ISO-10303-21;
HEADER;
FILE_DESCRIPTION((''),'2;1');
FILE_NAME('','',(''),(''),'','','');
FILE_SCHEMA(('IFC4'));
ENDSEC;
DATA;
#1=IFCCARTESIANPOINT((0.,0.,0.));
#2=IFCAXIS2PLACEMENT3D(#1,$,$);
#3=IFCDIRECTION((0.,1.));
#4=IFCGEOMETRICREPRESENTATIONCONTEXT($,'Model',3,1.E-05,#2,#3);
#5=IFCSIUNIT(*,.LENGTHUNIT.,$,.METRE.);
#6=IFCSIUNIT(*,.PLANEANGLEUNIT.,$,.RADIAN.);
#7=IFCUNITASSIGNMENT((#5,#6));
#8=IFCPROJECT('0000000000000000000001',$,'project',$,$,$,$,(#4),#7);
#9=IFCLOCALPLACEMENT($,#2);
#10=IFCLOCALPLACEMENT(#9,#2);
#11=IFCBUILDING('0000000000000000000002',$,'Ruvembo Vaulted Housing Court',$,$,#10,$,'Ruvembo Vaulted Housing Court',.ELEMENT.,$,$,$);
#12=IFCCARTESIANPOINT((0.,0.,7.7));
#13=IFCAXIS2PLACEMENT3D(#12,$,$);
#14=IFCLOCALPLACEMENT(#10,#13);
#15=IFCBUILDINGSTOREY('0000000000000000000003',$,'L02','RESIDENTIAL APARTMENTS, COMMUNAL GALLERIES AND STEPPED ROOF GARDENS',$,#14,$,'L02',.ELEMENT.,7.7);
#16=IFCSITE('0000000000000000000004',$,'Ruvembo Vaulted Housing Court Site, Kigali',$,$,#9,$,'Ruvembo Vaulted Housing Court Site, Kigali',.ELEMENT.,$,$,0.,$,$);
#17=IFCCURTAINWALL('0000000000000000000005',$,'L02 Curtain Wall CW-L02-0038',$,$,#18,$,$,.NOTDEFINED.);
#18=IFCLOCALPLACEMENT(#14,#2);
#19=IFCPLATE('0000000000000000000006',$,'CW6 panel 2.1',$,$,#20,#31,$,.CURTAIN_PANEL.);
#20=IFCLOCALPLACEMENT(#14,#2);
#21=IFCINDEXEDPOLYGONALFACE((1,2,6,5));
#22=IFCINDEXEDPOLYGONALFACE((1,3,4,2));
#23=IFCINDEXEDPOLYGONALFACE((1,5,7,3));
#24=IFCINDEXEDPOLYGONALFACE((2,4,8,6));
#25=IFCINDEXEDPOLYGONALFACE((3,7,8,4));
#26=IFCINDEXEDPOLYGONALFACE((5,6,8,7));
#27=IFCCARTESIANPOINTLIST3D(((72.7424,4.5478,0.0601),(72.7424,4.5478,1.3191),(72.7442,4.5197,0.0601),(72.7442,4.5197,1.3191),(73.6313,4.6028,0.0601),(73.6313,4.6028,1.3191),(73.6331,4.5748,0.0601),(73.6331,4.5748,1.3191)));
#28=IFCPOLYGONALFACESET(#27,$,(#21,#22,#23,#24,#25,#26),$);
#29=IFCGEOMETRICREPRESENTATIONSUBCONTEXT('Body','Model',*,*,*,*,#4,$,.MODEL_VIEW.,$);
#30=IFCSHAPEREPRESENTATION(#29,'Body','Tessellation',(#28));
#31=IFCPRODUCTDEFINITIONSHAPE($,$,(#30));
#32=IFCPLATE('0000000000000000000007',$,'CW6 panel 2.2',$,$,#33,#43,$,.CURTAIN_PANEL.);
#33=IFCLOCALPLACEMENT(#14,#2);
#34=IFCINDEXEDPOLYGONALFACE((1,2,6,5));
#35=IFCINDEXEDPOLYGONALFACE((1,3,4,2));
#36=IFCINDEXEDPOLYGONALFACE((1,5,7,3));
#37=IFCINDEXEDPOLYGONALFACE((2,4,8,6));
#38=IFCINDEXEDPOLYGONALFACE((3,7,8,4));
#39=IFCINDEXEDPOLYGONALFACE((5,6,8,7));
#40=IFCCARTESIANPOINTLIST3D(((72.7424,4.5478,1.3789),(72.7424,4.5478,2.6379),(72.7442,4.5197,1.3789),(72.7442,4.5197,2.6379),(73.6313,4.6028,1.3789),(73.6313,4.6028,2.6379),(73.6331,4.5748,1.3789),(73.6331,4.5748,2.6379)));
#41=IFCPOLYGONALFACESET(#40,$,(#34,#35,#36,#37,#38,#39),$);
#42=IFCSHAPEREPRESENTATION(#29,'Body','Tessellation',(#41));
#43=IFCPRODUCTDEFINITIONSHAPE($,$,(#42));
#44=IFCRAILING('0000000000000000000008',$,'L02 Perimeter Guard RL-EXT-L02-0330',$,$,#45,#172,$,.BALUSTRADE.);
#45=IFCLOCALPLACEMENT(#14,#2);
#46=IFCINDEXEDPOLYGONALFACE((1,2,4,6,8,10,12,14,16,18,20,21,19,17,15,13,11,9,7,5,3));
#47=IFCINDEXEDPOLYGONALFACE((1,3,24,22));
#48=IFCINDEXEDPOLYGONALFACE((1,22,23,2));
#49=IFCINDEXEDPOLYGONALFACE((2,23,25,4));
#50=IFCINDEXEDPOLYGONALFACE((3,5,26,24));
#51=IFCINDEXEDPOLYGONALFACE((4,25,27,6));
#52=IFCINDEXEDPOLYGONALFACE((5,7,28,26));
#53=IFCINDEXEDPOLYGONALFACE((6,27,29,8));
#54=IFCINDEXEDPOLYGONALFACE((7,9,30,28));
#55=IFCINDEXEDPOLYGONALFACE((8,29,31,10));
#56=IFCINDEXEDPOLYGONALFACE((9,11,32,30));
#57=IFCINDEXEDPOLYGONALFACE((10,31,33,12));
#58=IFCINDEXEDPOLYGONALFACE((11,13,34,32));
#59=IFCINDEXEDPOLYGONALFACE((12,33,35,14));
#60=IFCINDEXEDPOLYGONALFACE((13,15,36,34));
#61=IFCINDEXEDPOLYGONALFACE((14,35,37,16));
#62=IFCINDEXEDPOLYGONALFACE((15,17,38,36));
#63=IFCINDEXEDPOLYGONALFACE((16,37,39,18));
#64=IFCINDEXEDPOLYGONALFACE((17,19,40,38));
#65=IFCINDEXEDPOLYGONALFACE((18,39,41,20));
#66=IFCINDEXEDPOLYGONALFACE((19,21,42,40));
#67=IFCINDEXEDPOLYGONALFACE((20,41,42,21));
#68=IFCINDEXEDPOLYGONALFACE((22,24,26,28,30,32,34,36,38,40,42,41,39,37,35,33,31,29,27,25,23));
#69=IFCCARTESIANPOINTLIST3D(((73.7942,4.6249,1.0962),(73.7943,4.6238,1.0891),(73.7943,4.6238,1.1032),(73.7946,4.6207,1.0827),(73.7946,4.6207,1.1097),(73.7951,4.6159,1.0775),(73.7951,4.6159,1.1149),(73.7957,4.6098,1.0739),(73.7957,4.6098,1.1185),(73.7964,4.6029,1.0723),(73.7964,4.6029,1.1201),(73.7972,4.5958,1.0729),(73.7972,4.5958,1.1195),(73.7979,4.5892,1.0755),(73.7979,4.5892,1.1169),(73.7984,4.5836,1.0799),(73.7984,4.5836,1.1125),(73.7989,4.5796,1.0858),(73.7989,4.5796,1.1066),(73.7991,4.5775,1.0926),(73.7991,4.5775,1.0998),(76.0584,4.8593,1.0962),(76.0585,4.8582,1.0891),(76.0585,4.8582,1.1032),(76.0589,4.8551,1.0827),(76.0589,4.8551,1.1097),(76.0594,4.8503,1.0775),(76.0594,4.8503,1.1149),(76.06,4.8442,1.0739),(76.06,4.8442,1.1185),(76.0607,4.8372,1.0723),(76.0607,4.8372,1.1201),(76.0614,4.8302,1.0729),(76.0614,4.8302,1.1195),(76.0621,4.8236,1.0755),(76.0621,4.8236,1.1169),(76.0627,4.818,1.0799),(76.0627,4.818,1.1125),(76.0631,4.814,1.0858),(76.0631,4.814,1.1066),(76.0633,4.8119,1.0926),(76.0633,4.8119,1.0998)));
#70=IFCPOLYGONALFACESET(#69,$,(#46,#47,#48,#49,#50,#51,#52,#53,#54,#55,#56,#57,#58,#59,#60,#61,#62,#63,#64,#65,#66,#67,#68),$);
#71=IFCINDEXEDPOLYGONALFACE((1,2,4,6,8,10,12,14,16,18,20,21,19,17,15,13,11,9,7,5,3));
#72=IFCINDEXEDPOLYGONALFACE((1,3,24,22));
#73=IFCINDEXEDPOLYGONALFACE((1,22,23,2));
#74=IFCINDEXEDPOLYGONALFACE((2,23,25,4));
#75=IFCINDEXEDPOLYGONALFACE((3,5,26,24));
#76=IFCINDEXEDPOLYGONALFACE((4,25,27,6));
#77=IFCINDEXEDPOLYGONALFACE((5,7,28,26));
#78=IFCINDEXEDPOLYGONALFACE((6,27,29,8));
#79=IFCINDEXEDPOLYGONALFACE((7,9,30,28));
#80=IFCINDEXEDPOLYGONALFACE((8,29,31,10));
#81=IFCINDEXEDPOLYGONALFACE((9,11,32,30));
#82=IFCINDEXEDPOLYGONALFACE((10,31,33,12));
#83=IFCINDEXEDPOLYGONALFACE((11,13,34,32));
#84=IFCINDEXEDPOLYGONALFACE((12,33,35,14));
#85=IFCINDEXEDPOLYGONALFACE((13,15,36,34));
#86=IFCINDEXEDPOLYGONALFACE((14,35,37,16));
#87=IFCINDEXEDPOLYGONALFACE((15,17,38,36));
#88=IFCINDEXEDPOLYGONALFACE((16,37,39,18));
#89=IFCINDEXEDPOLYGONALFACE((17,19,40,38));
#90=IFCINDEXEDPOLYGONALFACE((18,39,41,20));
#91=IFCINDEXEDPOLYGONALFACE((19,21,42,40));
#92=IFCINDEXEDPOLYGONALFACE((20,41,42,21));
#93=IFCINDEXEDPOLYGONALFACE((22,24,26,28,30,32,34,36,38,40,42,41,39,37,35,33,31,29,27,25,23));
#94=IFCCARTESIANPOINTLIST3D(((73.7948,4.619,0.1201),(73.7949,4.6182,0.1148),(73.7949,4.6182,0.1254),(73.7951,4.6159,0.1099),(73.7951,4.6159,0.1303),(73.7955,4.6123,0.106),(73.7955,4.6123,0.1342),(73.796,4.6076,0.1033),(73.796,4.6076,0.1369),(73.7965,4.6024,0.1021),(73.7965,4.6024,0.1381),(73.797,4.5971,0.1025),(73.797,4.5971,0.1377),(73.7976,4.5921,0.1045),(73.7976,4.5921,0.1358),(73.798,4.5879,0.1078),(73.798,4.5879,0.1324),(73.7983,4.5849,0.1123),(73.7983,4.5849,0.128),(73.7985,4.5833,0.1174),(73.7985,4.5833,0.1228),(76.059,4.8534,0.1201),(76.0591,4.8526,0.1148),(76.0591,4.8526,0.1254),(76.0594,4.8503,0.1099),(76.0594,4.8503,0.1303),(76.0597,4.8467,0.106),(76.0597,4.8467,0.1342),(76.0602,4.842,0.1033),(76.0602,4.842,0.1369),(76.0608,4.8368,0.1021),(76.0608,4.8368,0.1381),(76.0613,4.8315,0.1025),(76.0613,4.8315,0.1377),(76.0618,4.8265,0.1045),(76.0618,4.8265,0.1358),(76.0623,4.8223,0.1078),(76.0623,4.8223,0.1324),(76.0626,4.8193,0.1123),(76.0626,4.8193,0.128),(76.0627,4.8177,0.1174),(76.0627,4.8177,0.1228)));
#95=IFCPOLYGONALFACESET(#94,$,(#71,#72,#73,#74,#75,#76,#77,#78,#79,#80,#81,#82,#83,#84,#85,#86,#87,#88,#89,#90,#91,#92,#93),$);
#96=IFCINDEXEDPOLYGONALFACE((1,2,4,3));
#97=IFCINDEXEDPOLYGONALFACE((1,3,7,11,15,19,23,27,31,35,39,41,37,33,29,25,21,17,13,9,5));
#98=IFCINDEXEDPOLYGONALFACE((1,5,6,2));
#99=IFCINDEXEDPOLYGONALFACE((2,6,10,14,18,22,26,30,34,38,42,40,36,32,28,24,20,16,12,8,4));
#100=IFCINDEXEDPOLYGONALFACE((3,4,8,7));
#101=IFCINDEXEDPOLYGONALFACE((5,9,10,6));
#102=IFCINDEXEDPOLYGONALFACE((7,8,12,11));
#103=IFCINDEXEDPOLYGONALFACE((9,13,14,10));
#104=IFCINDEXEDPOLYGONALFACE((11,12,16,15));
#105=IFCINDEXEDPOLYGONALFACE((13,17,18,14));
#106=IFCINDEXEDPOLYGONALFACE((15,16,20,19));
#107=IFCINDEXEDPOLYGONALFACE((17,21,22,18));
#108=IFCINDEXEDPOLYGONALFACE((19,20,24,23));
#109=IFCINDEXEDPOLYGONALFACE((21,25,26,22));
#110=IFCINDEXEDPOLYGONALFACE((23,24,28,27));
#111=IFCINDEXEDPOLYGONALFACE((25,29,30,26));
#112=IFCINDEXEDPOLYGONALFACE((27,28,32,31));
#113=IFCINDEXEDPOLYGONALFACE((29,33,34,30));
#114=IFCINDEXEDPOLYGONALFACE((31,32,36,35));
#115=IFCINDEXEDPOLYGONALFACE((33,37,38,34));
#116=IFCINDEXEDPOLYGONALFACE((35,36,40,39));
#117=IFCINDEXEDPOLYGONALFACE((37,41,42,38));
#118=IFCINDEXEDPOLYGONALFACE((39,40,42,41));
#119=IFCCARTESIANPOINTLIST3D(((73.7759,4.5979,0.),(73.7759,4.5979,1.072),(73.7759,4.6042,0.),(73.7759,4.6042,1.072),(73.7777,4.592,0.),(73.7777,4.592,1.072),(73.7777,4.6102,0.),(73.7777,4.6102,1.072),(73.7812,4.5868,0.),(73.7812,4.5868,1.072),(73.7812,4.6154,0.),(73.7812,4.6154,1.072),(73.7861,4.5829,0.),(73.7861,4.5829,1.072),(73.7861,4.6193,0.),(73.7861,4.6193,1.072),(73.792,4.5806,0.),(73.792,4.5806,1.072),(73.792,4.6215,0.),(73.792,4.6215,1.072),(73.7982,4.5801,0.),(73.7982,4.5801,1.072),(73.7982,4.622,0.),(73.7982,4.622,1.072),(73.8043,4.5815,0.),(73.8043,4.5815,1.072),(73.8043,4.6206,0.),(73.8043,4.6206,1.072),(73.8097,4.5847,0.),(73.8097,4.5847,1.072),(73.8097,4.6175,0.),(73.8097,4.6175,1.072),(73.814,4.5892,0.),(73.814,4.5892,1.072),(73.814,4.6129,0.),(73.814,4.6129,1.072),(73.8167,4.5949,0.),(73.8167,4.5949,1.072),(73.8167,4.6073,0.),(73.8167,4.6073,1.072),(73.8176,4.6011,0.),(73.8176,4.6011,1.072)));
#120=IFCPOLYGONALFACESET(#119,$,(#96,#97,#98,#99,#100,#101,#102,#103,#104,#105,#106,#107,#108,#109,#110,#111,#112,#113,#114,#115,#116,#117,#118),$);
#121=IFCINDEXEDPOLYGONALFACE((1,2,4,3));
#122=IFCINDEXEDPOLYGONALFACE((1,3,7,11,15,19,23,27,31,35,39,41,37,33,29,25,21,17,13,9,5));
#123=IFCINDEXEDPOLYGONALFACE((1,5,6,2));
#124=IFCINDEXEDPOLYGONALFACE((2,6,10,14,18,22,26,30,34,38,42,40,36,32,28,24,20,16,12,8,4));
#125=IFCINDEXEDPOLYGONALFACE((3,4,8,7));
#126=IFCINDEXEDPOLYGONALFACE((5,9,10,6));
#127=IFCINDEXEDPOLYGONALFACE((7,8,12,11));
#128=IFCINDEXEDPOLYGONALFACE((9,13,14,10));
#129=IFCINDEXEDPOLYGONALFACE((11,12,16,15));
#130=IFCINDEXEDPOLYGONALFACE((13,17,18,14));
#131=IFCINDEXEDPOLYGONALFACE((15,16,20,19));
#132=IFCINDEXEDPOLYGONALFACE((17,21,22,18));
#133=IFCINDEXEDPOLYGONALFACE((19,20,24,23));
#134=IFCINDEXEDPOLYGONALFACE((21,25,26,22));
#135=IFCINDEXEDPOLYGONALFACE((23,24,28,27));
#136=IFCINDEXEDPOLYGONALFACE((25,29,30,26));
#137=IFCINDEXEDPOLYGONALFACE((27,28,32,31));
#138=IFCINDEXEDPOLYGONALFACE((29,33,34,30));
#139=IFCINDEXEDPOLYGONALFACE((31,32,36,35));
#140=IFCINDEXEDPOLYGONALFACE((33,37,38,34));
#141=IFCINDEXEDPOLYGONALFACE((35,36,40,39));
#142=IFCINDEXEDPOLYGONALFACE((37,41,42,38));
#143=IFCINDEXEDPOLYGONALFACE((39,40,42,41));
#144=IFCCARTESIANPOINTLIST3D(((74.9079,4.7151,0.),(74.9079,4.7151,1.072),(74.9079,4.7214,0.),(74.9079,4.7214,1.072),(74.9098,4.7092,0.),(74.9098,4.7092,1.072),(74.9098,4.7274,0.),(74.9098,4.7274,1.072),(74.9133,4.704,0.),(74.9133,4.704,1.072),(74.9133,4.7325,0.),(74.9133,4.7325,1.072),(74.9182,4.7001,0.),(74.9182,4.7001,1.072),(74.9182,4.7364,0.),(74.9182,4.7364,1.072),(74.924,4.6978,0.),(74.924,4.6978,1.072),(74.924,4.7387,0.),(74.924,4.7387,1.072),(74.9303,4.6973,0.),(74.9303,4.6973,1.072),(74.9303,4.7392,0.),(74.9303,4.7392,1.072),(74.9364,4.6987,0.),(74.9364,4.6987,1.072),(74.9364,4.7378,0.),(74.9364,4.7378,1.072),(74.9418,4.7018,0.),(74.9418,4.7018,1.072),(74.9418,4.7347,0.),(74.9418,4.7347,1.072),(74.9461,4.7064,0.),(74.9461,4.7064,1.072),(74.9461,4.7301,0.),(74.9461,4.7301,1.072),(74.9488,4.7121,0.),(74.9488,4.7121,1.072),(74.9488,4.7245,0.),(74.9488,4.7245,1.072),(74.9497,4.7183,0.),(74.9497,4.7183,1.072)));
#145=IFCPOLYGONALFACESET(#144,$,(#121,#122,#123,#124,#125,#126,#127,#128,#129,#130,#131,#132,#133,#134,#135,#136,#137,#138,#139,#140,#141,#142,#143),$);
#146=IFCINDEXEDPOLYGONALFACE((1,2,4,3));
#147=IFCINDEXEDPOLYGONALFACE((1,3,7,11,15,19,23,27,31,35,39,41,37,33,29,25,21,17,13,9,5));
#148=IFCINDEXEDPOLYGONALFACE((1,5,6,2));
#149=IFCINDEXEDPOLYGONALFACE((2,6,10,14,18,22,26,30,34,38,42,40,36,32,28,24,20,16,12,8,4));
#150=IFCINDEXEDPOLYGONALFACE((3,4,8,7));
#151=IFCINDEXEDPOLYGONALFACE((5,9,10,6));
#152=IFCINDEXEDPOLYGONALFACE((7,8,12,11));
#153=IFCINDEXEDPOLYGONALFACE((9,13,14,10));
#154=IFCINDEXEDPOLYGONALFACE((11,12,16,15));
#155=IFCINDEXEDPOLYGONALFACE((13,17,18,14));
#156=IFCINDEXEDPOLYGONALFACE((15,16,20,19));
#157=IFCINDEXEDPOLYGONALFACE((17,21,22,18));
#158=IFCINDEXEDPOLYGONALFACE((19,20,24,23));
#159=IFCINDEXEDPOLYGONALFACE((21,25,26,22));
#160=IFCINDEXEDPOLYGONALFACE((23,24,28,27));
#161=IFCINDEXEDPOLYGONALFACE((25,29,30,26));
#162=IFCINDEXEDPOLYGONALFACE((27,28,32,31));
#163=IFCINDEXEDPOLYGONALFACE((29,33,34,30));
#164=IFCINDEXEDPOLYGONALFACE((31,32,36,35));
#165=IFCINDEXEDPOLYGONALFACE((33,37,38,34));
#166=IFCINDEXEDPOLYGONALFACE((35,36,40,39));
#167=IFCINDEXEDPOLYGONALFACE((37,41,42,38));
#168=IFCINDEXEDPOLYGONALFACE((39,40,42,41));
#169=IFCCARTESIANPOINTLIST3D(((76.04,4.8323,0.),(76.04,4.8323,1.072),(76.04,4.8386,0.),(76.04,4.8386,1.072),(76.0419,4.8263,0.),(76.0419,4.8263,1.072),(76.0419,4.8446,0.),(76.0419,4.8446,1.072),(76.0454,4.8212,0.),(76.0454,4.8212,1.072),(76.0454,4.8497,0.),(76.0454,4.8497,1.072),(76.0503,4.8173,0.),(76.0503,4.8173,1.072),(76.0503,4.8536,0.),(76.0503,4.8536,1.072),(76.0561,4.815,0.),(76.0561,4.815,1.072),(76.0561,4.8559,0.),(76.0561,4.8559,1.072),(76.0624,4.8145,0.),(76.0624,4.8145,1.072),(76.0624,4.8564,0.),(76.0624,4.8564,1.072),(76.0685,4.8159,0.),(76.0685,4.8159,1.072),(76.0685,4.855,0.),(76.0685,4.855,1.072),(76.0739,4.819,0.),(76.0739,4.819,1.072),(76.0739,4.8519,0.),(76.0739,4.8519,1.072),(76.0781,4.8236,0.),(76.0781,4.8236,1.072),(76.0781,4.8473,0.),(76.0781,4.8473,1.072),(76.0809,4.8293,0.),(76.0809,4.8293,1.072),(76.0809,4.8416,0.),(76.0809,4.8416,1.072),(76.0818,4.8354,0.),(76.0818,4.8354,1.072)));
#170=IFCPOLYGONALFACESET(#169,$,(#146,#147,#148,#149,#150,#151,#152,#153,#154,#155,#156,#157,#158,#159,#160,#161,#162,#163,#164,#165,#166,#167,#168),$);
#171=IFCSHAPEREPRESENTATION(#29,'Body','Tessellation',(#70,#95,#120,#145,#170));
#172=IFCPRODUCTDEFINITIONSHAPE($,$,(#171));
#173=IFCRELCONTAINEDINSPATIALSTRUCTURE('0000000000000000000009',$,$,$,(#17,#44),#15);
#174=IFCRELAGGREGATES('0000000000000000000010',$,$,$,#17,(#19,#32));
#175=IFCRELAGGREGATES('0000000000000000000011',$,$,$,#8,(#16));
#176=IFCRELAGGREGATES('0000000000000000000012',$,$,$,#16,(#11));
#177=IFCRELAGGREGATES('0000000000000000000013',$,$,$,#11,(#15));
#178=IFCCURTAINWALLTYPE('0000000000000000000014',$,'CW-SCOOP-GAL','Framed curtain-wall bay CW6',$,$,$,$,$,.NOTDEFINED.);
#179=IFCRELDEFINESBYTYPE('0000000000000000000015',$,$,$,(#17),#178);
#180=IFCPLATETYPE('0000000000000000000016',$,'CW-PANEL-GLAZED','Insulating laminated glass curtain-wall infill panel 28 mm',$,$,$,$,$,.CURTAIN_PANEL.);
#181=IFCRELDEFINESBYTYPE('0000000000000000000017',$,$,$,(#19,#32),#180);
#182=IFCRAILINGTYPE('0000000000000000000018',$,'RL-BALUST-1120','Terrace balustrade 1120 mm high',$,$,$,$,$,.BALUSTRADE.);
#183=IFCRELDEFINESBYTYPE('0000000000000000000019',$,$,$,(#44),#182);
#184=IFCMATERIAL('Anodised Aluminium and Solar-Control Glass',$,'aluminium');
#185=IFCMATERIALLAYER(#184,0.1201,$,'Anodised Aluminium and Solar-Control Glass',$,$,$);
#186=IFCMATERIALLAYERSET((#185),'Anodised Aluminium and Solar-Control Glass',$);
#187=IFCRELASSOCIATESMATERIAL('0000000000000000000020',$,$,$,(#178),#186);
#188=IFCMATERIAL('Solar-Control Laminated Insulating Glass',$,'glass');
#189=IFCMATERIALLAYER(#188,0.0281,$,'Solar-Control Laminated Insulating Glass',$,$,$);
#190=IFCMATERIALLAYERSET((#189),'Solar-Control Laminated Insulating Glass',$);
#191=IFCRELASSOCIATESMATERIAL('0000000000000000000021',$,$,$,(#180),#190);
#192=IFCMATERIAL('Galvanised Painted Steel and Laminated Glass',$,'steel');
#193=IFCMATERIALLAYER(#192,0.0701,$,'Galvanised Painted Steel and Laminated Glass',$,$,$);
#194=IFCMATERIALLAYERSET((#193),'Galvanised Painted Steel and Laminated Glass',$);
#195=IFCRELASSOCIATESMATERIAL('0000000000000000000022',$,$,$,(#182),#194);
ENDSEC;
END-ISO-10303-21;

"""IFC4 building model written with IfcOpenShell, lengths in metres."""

from ifc_helpers import new_model, si_unit, direction, frame, origin, origin_2d, place, context, subcontext, project, spatial, rectangle, circle, extrude, material, layer, layer_set, type_object, element, aggregate, save


model = new_model("IFC4")

# Units and contexts
model_context = context("Model", 3, precision=1e-05, world=origin(), true_north=direction((0.0, 1.0)))
body_context = subcontext(model_context, "Body", "Model", "MODEL_VIEW")
ifc_project = project(units=[si_unit("LENGTHUNIT", "METRE"), si_unit("PLANEANGLEUNIT", "RADIAN")], contexts=[model_context])

# Site, building, storey
site_placement = place(None, origin())
site = spatial("IfcSite", under=ifc_project, at=site_placement, Name="Ruvembo Vaulted Housing Court Site, Kigali", LongName="Ruvembo Vaulted Housing Court Site, Kigali", CompositionType="ELEMENT", RefElevation=0.0)
building_placement = place(site_placement, origin())
building = spatial("IfcBuilding", under=site, at=building_placement, Name="Ruvembo Vaulted Housing Court", LongName="Ruvembo Vaulted Housing Court", CompositionType="ELEMENT")
storey_placement = place(building_placement, frame((0.0, 0.0, 7.7)))
storey = spatial("IfcBuildingStorey", under=building, at=storey_placement, Name="L02", Description="RESIDENTIAL APARTMENTS, COMMUNAL GALLERIES AND STEPPED ROOF GARDENS", LongName="L02", CompositionType="ELEMENT", Elevation=7.7)

# Curtain wall, plates
ifc_material_1 = material(Name="Anodised Aluminium and Solar-Control Glass", Category="aluminium")
ifc_layer_1 = layer(ifc_material_1, 0.1201, Name="Anodised Aluminium and Solar-Control Glass")
ifc_layer_set_1 = layer_set([ifc_layer_1], Name="Anodised Aluminium and Solar-Control Glass")
curtain_wall_type = type_object("IfcCurtainWallType", Name="CW-SCOOP-GAL", Description="Framed curtain-wall bay CW6", PredefinedType="NOTDEFINED", material=ifc_layer_set_1)
curtain_wall_placement = place(storey_placement, origin())
curtain_wall = element("IfcCurtainWall", 1, at=curtain_wall_placement, inside=storey, type_object=curtain_wall_type, Name="L02 Curtain Wall CW-L02-0038", PredefinedType="NOTDEFINED")
ifc_material_2 = material(Name="Solar-Control Laminated Insulating Glass", Category="glass")
ifc_layer_2 = layer(ifc_material_2, 0.0281, Name="Solar-Control Laminated Insulating Glass")
ifc_layer_set_2 = layer_set([ifc_layer_2], Name="Solar-Control Laminated Insulating Glass")
plate_type = type_object("IfcPlateType", Name="CW-PANEL-GLAZED", Description="Insulating laminated glass curtain-wall infill panel 28 mm", PredefinedType="CURTAIN_PANEL", material=ifc_layer_set_2)
plate_1_placement = place(storey_placement, frame((73.1877, 4.5613, 0.0601), z_axis=(0.0, 0.0, 1.0), x_axis=(0.998086, 0.06184, 0.0)))
plate_1 = element("IfcPlate", 2, at=plate_1_placement, type_object=plate_type, Name="CW6 panel 2.1", PredefinedType="CURTAIN_PANEL", context=body_context, shape_type="SweptSolid", body=[
    extrude(rectangle(XDim=0.8906, YDim=0.0281, at=origin_2d()), origin(), (0.0, 0.0, 1.0), 1.259),
])
plate_2_placement = place(storey_placement, frame((73.1877, 4.5613, 1.3789), z_axis=(0.0, 0.0, 1.0), x_axis=(0.998086, 0.06184, 0.0)))
plate_2 = element("IfcPlate", 3, at=plate_2_placement, type_object=plate_type, Name="CW6 panel 2.2", PredefinedType="CURTAIN_PANEL", context=body_context, shape_type="SweptSolid", body=[
    extrude(rectangle(XDim=0.8906, YDim=0.0281, at=origin_2d()), origin(), (0.0, 0.0, 1.0), 1.259),
])
aggregate(curtain_wall, [plate_1, plate_2])

# Railing
ifc_material_3 = material(Name="Galvanised Painted Steel and Laminated Glass", Category="steel")
ifc_layer_3 = layer(ifc_material_3, 0.0701, Name="Galvanised Painted Steel and Laminated Glass")
ifc_layer_set_3 = layer_set([ifc_layer_3], Name="Galvanised Painted Steel and Laminated Glass")
railing_type = type_object("IfcRailingType", Name="RL-BALUST-1120", Description="Terrace balustrade 1120 mm high", PredefinedType="BALUSTRADE", material=ifc_layer_set_3)
railing_1_placement = place(storey_placement, frame((73.7966, 4.6011, 0.0)))
element("IfcRailing", 4, at=railing_1_placement, inside=storey, type_object=railing_type, Name="L02 Perimeter Guard RL-EXT-L02-0330", PredefinedType="BALUSTRADE", context=body_context, shape_type="SweptSolid", body=[
    extrude(circle(Radius=0.0239, at=origin_2d()), frame((0.0, 0.0, 1.0962), z_axis=(0.994685, 0.102965, 0.0), x_axis=(-0.102965, 0.994685, 0.0)), (0.0, 0.0, 1.0), 2.2764),
    extrude(circle(Radius=0.0181, at=origin_2d()), frame((0.0, 0.0, 0.1201), z_axis=(0.994685, 0.102965, 0.0), x_axis=(-0.102965, 0.994685, 0.0)), (0.0, 0.0, 1.0), 2.2764),
    extrude(circle(Radius=0.021, at=origin_2d()), origin(), (0.0, 0.0, 1.0), 1.072),
    extrude(circle(Radius=0.021, at=origin_2d()), frame((1.1321, 0.1172, 0.0)), (0.0, 0.0, 1.0), 1.072),
    extrude(circle(Radius=0.021, at=origin_2d()), frame((2.2642, 0.2344, 0.0)), (0.0, 0.0, 1.0), 1.072),
])

save(model, "model.ifc")
